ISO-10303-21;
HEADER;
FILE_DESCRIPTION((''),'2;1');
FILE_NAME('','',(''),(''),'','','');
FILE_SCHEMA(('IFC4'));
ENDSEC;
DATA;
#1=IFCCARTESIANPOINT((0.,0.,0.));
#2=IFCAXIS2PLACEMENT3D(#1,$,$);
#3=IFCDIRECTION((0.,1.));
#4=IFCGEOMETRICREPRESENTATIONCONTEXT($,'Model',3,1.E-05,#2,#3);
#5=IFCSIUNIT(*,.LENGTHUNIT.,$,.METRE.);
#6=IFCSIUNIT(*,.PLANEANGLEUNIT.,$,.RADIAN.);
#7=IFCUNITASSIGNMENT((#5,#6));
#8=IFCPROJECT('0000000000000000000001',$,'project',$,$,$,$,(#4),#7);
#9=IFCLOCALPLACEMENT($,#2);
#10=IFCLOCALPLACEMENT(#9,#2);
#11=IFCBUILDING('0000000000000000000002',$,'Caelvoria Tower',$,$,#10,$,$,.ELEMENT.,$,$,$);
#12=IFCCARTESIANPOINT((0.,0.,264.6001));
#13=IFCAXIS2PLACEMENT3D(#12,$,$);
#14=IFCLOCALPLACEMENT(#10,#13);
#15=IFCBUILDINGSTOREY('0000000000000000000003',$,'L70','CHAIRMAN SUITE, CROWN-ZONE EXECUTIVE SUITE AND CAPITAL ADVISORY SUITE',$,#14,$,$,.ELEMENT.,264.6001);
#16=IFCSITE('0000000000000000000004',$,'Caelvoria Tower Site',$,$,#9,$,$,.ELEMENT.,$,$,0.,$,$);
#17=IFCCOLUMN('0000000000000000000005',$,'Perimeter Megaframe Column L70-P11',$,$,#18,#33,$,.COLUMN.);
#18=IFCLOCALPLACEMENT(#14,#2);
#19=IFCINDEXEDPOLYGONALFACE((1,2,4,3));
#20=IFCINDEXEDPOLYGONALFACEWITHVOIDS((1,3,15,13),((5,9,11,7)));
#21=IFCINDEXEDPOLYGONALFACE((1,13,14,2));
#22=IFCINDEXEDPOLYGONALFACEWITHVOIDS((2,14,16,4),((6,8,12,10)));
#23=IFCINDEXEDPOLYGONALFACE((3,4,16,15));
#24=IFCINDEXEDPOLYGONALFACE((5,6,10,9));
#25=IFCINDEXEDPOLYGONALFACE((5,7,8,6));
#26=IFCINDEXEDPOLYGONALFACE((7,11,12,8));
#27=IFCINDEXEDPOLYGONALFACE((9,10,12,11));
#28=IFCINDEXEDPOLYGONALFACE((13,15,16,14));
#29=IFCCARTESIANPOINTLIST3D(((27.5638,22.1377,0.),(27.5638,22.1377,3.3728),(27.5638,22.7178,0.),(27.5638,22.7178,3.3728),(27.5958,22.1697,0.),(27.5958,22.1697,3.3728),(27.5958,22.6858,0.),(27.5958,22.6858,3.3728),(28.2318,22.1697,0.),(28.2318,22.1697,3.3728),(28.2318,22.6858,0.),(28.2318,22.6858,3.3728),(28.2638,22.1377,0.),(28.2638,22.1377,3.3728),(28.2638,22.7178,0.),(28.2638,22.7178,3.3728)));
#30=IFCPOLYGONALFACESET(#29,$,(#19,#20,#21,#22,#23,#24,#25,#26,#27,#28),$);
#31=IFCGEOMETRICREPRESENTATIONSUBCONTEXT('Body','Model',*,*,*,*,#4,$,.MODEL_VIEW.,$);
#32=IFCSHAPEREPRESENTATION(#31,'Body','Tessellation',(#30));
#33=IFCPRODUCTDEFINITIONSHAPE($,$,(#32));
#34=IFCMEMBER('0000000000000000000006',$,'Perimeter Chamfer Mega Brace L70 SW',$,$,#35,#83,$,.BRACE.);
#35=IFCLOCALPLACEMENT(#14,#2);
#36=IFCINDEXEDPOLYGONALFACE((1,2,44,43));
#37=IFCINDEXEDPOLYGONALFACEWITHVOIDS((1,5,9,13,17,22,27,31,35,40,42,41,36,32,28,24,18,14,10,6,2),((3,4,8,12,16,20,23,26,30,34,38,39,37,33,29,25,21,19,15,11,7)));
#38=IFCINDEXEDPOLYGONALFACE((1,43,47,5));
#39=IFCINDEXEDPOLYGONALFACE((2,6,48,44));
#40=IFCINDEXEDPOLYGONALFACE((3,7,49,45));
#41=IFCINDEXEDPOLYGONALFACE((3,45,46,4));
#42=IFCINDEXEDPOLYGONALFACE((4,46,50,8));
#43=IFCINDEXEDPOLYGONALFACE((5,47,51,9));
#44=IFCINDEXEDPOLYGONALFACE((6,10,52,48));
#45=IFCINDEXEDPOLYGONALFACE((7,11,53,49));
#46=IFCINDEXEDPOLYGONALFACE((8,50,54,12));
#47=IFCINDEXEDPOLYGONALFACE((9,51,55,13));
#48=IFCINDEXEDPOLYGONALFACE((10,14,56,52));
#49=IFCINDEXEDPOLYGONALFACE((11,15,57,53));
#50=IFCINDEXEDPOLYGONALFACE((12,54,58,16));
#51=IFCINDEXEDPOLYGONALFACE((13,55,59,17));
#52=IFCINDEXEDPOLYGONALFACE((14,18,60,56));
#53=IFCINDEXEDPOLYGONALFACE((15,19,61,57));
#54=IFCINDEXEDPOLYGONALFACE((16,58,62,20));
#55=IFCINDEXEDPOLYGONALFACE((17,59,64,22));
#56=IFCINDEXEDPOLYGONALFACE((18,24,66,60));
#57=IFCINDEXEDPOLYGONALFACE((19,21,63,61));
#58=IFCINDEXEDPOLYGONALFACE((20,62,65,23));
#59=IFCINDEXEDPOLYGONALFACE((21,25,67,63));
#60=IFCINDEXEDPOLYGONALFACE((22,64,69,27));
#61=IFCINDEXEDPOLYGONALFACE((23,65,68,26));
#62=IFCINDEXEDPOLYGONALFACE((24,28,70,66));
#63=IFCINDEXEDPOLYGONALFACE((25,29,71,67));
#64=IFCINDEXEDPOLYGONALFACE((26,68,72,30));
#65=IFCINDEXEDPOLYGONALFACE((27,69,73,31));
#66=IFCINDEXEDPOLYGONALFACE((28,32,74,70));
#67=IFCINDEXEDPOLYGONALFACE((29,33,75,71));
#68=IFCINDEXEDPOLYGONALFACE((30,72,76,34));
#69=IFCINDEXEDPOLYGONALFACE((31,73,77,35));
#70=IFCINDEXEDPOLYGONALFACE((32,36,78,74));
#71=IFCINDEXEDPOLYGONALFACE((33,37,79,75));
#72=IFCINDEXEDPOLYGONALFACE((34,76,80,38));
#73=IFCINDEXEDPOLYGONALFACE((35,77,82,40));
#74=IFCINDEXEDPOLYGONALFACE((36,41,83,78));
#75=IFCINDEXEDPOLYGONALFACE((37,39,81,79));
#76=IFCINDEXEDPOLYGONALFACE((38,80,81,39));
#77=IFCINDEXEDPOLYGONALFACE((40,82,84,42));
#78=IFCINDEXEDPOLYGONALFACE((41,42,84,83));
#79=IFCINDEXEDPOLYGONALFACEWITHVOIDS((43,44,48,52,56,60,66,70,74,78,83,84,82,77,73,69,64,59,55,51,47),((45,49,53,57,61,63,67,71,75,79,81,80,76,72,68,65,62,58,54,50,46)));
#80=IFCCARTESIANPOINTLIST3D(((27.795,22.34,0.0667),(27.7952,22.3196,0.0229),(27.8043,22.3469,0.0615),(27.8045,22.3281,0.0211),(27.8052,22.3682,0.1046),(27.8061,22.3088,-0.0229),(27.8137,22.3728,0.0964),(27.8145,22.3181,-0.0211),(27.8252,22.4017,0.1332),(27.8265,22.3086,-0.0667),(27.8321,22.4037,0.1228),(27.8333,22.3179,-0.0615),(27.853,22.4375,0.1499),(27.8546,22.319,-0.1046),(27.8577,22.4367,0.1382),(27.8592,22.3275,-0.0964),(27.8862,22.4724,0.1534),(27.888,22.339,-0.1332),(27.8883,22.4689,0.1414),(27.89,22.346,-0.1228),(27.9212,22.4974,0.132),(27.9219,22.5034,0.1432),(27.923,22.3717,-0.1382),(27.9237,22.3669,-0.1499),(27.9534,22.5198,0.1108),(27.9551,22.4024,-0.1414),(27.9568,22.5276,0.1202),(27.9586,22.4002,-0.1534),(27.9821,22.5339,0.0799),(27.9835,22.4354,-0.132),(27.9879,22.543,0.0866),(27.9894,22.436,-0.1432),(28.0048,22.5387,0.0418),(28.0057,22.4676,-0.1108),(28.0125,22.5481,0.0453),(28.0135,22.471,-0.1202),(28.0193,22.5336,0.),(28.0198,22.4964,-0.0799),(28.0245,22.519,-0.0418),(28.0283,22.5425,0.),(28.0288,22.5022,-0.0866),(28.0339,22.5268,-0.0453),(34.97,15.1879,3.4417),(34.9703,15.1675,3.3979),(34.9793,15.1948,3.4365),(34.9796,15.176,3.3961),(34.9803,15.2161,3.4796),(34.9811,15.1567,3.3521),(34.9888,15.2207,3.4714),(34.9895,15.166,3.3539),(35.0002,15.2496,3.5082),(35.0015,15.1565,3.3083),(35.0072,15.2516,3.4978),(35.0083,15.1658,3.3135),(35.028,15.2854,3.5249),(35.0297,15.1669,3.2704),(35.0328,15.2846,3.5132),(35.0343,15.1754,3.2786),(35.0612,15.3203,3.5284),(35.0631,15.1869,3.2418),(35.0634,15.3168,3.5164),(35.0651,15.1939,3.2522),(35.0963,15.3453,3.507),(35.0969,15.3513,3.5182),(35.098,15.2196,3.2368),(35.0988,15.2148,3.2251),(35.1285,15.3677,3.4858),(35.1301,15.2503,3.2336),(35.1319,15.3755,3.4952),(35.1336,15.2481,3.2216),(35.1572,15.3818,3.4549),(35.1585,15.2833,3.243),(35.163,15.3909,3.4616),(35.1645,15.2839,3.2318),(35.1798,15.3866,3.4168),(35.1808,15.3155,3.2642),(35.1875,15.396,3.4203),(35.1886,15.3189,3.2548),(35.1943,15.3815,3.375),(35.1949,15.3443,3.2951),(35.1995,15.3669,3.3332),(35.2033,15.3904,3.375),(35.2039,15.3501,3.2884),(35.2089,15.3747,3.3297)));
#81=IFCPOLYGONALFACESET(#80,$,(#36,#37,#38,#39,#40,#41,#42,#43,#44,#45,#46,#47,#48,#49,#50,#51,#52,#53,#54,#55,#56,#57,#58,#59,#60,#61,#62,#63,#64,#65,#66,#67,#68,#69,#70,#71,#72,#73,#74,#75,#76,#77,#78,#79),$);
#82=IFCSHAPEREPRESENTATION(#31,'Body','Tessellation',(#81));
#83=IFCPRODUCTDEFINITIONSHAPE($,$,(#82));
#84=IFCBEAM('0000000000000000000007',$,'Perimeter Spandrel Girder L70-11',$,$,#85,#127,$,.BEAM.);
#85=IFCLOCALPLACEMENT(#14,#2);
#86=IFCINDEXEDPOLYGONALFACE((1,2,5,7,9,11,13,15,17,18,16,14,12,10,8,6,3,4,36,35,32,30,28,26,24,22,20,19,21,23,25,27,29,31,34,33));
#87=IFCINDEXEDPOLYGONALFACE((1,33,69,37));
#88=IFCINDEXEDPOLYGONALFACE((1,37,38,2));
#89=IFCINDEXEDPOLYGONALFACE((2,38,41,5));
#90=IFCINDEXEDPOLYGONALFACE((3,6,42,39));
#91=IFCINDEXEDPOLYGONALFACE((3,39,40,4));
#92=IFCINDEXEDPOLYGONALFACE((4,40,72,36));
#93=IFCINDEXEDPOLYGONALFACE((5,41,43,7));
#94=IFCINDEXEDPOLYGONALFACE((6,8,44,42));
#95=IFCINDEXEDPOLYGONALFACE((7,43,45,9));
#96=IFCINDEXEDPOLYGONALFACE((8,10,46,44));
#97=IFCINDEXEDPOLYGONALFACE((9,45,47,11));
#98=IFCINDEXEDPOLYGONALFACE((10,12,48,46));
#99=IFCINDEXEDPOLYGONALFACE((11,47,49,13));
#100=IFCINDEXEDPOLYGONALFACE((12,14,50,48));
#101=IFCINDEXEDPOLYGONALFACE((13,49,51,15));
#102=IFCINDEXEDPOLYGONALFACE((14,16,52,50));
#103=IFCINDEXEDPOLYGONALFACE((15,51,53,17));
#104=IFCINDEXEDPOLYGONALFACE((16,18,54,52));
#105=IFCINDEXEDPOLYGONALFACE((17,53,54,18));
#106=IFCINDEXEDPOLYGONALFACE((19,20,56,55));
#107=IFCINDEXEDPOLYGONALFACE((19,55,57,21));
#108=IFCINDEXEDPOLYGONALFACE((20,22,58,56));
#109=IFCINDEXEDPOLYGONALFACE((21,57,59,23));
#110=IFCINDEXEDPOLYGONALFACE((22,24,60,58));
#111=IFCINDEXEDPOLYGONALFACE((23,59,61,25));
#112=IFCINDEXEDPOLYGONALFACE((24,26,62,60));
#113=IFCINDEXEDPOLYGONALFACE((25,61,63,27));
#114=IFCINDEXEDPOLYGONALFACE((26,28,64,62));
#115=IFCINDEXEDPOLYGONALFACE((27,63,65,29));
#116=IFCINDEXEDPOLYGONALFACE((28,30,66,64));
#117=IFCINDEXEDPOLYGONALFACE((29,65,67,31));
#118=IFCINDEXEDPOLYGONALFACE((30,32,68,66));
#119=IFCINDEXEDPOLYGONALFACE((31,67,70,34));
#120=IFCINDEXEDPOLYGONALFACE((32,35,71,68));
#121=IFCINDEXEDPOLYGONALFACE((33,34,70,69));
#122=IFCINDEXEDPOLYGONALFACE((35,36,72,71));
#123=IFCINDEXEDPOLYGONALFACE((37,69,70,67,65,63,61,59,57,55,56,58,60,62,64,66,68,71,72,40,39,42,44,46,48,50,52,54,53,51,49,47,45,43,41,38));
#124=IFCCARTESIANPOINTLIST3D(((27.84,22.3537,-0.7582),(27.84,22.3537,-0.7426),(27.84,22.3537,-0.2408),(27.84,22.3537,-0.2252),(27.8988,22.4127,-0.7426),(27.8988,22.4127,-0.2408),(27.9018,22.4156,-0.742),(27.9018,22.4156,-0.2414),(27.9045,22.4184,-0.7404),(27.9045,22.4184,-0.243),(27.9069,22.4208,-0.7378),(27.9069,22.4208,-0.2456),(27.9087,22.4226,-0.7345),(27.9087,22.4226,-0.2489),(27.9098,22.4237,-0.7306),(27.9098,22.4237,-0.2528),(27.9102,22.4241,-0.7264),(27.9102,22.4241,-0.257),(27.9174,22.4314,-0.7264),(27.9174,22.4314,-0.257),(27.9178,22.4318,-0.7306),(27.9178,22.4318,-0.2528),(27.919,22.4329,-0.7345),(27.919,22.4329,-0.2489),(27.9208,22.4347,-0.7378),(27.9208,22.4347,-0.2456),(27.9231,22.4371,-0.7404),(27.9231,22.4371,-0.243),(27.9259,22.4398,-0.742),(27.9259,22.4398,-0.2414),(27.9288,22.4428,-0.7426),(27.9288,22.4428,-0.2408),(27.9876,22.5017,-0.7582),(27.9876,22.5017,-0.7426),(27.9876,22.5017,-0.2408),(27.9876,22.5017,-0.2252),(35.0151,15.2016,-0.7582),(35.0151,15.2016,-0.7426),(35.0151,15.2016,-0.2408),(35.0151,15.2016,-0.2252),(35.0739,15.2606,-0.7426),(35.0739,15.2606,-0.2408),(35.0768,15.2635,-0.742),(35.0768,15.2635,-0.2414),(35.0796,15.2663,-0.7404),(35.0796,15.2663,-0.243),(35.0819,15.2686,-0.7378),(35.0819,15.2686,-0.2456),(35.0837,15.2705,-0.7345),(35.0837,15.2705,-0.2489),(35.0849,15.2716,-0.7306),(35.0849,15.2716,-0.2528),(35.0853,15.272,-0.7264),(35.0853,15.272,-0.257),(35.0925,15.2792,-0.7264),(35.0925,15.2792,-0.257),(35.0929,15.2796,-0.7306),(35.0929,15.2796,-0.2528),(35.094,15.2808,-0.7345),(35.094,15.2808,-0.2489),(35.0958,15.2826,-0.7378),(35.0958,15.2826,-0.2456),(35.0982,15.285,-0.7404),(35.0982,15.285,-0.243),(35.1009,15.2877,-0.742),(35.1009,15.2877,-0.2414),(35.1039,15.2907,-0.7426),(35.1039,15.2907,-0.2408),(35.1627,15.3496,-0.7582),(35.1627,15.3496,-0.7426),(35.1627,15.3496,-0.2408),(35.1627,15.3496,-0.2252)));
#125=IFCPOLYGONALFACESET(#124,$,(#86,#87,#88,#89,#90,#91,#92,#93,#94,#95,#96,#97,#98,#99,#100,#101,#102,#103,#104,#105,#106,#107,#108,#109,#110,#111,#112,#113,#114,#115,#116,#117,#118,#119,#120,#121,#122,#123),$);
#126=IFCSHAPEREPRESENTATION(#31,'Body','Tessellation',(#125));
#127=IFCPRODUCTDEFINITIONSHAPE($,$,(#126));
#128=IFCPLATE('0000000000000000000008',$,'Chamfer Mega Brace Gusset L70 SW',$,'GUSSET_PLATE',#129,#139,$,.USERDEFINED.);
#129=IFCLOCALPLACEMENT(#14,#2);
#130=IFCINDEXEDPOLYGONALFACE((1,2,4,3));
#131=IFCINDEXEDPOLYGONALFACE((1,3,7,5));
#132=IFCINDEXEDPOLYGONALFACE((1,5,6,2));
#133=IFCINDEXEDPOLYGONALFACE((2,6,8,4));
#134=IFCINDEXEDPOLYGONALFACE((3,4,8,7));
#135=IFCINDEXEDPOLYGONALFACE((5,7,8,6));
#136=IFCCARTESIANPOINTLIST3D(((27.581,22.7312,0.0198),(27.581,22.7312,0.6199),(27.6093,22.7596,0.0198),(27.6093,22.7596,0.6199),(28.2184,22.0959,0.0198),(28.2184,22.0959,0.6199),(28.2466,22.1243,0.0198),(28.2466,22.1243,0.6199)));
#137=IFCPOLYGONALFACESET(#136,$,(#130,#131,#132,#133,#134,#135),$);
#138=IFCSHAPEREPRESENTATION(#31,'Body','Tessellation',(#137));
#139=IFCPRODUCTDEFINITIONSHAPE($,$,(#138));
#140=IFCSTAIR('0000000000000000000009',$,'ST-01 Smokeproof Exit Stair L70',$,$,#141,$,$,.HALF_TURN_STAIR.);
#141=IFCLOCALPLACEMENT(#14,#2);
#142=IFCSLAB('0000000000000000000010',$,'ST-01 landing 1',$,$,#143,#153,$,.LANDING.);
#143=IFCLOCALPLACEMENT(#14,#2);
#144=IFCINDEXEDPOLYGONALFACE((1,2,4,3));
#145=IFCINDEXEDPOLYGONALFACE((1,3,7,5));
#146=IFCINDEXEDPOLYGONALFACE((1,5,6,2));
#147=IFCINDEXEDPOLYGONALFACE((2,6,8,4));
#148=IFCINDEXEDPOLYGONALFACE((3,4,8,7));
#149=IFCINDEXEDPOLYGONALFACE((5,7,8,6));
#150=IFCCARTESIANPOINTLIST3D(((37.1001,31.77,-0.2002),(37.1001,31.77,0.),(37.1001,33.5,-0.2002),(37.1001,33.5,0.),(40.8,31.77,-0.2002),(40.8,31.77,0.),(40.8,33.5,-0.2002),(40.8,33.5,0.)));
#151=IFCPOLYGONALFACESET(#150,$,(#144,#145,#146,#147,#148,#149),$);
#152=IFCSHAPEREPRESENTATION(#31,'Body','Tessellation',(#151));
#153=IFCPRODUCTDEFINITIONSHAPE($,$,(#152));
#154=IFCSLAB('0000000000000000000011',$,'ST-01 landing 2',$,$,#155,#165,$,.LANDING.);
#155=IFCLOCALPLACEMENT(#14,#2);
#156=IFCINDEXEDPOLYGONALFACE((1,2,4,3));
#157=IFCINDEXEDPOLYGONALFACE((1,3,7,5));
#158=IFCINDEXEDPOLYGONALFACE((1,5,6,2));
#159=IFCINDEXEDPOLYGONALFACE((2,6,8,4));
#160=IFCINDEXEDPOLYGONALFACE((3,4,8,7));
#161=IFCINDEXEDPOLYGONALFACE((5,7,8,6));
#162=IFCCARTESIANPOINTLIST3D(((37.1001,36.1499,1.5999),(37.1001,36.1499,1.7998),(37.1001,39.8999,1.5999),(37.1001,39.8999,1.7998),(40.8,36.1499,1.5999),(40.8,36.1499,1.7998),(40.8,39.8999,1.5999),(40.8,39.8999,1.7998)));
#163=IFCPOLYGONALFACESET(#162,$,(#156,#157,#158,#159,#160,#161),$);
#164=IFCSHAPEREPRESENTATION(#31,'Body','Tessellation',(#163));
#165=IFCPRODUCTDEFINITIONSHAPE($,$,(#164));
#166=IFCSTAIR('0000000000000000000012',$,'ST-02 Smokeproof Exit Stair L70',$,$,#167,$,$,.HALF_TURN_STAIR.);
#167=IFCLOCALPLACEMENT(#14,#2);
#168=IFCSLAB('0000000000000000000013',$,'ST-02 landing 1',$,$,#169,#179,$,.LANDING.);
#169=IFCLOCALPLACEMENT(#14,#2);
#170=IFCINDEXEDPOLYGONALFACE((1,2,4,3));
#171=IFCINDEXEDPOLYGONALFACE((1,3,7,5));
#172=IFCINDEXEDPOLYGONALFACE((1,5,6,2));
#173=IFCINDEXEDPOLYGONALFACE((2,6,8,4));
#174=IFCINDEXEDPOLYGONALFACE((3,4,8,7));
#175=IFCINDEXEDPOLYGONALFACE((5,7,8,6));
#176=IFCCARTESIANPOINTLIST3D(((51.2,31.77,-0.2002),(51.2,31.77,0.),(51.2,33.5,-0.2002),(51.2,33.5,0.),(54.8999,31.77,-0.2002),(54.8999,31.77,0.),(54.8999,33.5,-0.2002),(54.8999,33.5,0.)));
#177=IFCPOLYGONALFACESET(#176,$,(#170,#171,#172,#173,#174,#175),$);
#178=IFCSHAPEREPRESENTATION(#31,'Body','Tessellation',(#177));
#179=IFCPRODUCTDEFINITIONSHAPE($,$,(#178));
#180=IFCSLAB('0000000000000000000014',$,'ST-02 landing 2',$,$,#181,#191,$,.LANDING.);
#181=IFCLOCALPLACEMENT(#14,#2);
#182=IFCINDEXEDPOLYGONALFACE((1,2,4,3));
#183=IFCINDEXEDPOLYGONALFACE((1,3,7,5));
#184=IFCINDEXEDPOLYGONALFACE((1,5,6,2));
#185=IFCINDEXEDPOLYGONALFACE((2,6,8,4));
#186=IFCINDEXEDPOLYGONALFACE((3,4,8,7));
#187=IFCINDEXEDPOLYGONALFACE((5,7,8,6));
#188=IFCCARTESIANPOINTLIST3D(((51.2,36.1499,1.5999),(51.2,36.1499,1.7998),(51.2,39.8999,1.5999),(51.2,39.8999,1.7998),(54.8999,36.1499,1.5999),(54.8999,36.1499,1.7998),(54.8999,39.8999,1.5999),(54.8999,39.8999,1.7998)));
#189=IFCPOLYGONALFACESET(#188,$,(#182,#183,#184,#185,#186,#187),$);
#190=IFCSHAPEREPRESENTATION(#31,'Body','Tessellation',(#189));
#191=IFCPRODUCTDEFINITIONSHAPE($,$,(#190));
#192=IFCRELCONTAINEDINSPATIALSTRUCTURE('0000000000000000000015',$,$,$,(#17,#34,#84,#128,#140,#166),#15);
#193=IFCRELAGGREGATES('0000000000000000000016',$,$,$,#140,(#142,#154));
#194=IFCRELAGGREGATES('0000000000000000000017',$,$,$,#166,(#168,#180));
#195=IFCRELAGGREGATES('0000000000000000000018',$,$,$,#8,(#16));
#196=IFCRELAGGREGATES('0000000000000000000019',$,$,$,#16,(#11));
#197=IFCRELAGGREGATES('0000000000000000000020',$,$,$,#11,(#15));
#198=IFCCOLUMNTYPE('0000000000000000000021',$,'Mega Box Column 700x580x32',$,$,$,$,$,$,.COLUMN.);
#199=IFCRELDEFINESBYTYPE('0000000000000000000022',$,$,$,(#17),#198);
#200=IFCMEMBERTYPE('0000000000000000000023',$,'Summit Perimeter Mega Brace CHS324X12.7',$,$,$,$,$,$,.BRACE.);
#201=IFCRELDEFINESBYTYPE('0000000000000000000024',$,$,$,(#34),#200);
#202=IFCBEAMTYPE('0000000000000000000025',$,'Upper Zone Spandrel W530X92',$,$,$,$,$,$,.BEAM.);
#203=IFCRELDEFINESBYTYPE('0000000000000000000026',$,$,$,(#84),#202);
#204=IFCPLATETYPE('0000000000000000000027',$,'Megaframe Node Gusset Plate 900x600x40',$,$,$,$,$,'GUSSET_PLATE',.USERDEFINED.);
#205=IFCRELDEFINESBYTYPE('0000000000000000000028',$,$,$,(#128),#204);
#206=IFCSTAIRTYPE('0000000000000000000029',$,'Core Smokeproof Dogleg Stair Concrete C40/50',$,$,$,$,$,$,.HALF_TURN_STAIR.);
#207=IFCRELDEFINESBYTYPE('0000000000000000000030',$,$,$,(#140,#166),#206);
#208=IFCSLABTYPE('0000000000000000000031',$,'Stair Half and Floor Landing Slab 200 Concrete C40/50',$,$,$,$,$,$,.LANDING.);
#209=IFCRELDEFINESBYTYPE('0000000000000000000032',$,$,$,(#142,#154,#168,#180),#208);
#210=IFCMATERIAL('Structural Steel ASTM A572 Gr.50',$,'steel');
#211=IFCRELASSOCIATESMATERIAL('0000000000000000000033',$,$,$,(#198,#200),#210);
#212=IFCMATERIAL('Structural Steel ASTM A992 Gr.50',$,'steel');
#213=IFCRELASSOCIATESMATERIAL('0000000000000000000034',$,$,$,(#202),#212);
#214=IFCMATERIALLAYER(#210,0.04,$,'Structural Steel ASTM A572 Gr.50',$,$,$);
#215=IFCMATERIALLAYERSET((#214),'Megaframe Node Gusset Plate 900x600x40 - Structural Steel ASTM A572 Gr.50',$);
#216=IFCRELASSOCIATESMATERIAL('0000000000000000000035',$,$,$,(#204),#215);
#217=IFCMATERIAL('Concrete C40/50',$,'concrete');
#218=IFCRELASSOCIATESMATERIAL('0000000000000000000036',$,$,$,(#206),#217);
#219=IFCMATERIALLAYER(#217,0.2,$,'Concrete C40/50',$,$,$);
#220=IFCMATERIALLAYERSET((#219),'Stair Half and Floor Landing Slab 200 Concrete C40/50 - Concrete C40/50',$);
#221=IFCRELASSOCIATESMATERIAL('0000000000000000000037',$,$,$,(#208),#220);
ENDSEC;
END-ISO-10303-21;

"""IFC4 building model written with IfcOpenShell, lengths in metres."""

from ifc_helpers import new_model, si_unit, direction, frame, origin, origin_2d, place, context, subcontext, project, spatial, polyline, rectangle, hollow_rectangle, hollow_circle, i_section, outline, extrude, material, layer, layer_set, material_profile, profile_set, type_object, element, aggregate, save


model = new_model("IFC4")

# Units and contexts
model_context = context("Model", 3, precision=1e-05, world=origin(), true_north=direction((0.0, 1.0)))
body_context = subcontext(model_context, "Body", "Model", "MODEL_VIEW")
ifc_project = project(units=[si_unit("LENGTHUNIT", "METRE"), si_unit("PLANEANGLEUNIT", "RADIAN")], contexts=[model_context])

# Site, building, storey
site_placement = place(None, origin())
site = spatial("IfcSite", under=ifc_project, at=site_placement, Name="Caelvoria Tower Site", CompositionType="ELEMENT", RefElevation=0.0)
building_placement = place(site_placement, origin())
building = spatial("IfcBuilding", under=site, at=building_placement, Name="Caelvoria Tower", CompositionType="ELEMENT")
storey_placement = place(building_placement, frame((0.0, 0.0, 264.6001)))
storey = spatial("IfcBuildingStorey", under=building, at=storey_placement, Name="L70", Description="CHAIRMAN SUITE, CROWN-ZONE EXECUTIVE SUITE AND CAPITAL ADVISORY SUITE", CompositionType="ELEMENT", Elevation=264.6001)

# Column
ifc_material_1 = material(Name="Structural Steel ASTM A572 Gr.50", Category="steel")
ifc_material_profile_1 = material_profile(ifc_material_1, hollow_rectangle(XDim=0.5801, YDim=0.7, WallThickness=0.032, at=origin_2d()), Name="Structural Steel ASTM A572 Gr.50")
ifc_profile_set_1 = profile_set([ifc_material_profile_1], Name="BOX700X580X32 - Structural Steel ASTM A572 Gr.50")
column_type = type_object("IfcColumnType", Name="Mega Box Column 700x580x32", PredefinedType="COLUMN", material=ifc_profile_set_1)
column_placement = place(storey_placement, frame((27.9138, 22.4277, 0.0), z_axis=(0.0, 0.0, 1.0), x_axis=(0.0, 1.0, 0.0)))
element("IfcColumn", 1, at=column_placement, inside=storey, type_object=column_type, Name="Perimeter Megaframe Column L70-P11", PredefinedType="COLUMN", context=body_context, shape_type="SweptSolid", body=[
    extrude(hollow_rectangle(XDim=0.5801, YDim=0.7, WallThickness=0.032, at=origin_2d()), origin(), (0.0, 0.0, 1.0), 3.3728),
])

# Member
ifc_material_profile_2 = material_profile(ifc_material_1, hollow_circle(Radius=0.1621, WallThickness=0.0127, at=origin_2d()), Name="Structural Steel ASTM A572 Gr.50")
ifc_profile_set_2 = profile_set([ifc_material_profile_2], Name="CHS324X12.7 - Structural Steel ASTM A572 Gr.50")
member_type = type_object("IfcMemberType", Name="Summit Perimeter Mega Brace CHS324X12.7", PredefinedType="BRACE", material=ifc_profile_set_2)
member_placement = place(storey_placement, frame((27.9138, 22.4277, 0.0), z_axis=(0.671933, -0.669784, 0.316064), x_axis=(0.705973, 0.708239, 0.0)))
element("IfcMember", 2, at=member_placement, inside=storey, type_object=member_type, Name="Perimeter Chamfer Mega Brace L70 SW", PredefinedType="BRACE", context=body_context, shape_type="SweptSolid", body=[
    extrude(hollow_circle(Radius=0.1621, WallThickness=0.0127, at=origin_2d()), origin(), (0.0, 0.0, 1.0), 10.6782),
])

# Beam
ifc_material_2 = material(Name="Structural Steel ASTM A992 Gr.50", Category="steel")
ifc_material_profile_3 = material_profile(ifc_material_2, i_section(OverallWidth=0.209, OverallDepth=0.533, WebThickness=0.0103, FlangeThickness=0.0156, FilletRadius=0.0161, at=origin_2d()), Name="Structural Steel ASTM A992 Gr.50")
ifc_profile_set_3 = profile_set([ifc_material_profile_3], Name="W530X92 - Structural Steel ASTM A992 Gr.50")
beam_type = type_object("IfcBeamType", Name="Upper Zone Spandrel W530X92", PredefinedType="BEAM", material=ifc_profile_set_3)
beam_placement = place(storey_placement, frame((27.9138, 22.4277, -0.4917), z_axis=(0.708239, -0.705973, 0.0), x_axis=(0.705973, 0.708239, 0.0)))
element("IfcBeam", 3, at=beam_placement, inside=storey, type_object=beam_type, Name="Perimeter Spandrel Girder L70-11", PredefinedType="BEAM", context=body_context, shape_type="SweptSolid", body=[
    extrude(i_section(OverallWidth=0.209, OverallDepth=0.533, WebThickness=0.0103, FlangeThickness=0.0156, FilletRadius=0.0161, at=origin_2d()), origin(), (0.0, 0.0, 1.0), 10.1309),
])

# Plate
ifc_layer_1 = layer(ifc_material_1, 0.04, Name="Structural Steel ASTM A572 Gr.50")
ifc_layer_set_1 = layer_set([ifc_layer_1], Name="Megaframe Node Gusset Plate 900x600x40 - Structural Steel ASTM A572 Gr.50")
plate_type = type_object("IfcPlateType", Name="Megaframe Node Gusset Plate 900x600x40", ElementType="GUSSET_PLATE", PredefinedType="USERDEFINED", material=ifc_layer_set_1)
plate_placement = place(storey_placement, frame((27.9138, 22.4277, 0.0198), z_axis=(0.0, 0.0, 1.0), x_axis=(0.708251, -0.705961, 0.0)))
element("IfcPlate", 4, at=plate_placement, inside=storey, type_object=plate_type, Name="Chamfer Mega Brace Gusset L70 SW", ObjectType="GUSSET_PLATE", PredefinedType="USERDEFINED", context=body_context, shape_type="SweptSolid", body=[
    extrude(rectangle(XDim=0.8999, YDim=0.04, at=origin_2d()), origin(), (0.0, 0.0, 1.0), 0.6001),
])

# Stairs, slabs
ifc_material_3 = material(Name="Concrete C40/50", Category="concrete")
stair_type = type_object("IfcStairType", Name="Core Smokeproof Dogleg Stair Concrete C40/50", PredefinedType="HALF_TURN_STAIR", material=ifc_material_3)
stair_1_placement = place(storey_placement, origin())
stair_1 = element("IfcStair", 5, at=stair_1_placement, inside=storey, type_object=stair_type, Name="ST-01 Smokeproof Exit Stair L70", PredefinedType="HALF_TURN_STAIR")
ifc_layer_2 = layer(ifc_material_3, 0.2, Name="Concrete C40/50")
ifc_layer_set_2 = layer_set([ifc_layer_2], Name="Stair Half and Floor Landing Slab 200 Concrete C40/50 - Concrete C40/50")
slab_type_1 = type_object("IfcSlabType", Name="Stair Half and Floor Landing Slab 200 Concrete C40/50", PredefinedType="LANDING", material=ifc_layer_set_2)
slab_1_placement = place(storey_placement, frame((0.0, 0.0, -0.2002)))
slab_1 = element("IfcSlab", 6, at=slab_1_placement, type_object=slab_type_1, Name="ST-01 landing 1", PredefinedType="LANDING", context=body_context, shape_type="SweptSolid", body=[
    extrude(outline(polyline([(37.1001, 31.77), (40.8, 31.77), (40.8, 33.5), (37.1001, 33.5), (37.1001, 31.77)])), origin(), (0.0, 0.0, 1.0), 0.2002),
])
slab_2_placement = place(storey_placement, frame((0.0, 0.0, 1.5999)))
slab_2 = element("IfcSlab", 7, at=slab_2_placement, type_object=slab_type_1, Name="ST-01 landing 2", PredefinedType="LANDING", context=body_context, shape_type="SweptSolid", body=[
    extrude(outline(polyline([(37.1001, 36.1499), (40.8, 36.1499), (40.8, 39.8999), (37.1001, 39.8999), (37.1001, 36.1499)])), origin(), (0.0, 0.0, 1.0), 0.2),
])
aggregate(stair_1, [slab_1, slab_2])
stair_2_placement = place(storey_placement, origin())
stair_2 = element("IfcStair", 8, at=stair_2_placement, inside=storey, type_object=stair_type, Name="ST-02 Smokeproof Exit Stair L70", PredefinedType="HALF_TURN_STAIR")
slab_3_placement = place(storey_placement, frame((0.0, 0.0, -0.2002)))
slab_3 = element("IfcSlab", 9, at=slab_3_placement, type_object=slab_type_1, Name="ST-02 landing 1", PredefinedType="LANDING", context=body_context, shape_type="SweptSolid", body=[
    extrude(outline(polyline([(51.2, 31.77), (54.8999, 31.77), (54.8999, 33.5), (51.2, 33.5), (51.2, 31.77)])), origin(), (0.0, 0.0, 1.0), 0.2002),
])
slab_4_placement = place(storey_placement, frame((0.0, 0.0, 1.5999)))
slab_4 = element("IfcSlab", 10, at=slab_4_placement, type_object=slab_type_1, Name="ST-02 landing 2", PredefinedType="LANDING", context=body_context, shape_type="SweptSolid", body=[
    extrude(outline(polyline([(51.2, 36.1499), (54.8999, 36.1499), (54.8999, 39.8999), (51.2, 39.8999), (51.2, 36.1499)])), origin(), (0.0, 0.0, 1.0), 0.2),
])
aggregate(stair_2, [slab_3, slab_4])

save(model, "model.ifc")
